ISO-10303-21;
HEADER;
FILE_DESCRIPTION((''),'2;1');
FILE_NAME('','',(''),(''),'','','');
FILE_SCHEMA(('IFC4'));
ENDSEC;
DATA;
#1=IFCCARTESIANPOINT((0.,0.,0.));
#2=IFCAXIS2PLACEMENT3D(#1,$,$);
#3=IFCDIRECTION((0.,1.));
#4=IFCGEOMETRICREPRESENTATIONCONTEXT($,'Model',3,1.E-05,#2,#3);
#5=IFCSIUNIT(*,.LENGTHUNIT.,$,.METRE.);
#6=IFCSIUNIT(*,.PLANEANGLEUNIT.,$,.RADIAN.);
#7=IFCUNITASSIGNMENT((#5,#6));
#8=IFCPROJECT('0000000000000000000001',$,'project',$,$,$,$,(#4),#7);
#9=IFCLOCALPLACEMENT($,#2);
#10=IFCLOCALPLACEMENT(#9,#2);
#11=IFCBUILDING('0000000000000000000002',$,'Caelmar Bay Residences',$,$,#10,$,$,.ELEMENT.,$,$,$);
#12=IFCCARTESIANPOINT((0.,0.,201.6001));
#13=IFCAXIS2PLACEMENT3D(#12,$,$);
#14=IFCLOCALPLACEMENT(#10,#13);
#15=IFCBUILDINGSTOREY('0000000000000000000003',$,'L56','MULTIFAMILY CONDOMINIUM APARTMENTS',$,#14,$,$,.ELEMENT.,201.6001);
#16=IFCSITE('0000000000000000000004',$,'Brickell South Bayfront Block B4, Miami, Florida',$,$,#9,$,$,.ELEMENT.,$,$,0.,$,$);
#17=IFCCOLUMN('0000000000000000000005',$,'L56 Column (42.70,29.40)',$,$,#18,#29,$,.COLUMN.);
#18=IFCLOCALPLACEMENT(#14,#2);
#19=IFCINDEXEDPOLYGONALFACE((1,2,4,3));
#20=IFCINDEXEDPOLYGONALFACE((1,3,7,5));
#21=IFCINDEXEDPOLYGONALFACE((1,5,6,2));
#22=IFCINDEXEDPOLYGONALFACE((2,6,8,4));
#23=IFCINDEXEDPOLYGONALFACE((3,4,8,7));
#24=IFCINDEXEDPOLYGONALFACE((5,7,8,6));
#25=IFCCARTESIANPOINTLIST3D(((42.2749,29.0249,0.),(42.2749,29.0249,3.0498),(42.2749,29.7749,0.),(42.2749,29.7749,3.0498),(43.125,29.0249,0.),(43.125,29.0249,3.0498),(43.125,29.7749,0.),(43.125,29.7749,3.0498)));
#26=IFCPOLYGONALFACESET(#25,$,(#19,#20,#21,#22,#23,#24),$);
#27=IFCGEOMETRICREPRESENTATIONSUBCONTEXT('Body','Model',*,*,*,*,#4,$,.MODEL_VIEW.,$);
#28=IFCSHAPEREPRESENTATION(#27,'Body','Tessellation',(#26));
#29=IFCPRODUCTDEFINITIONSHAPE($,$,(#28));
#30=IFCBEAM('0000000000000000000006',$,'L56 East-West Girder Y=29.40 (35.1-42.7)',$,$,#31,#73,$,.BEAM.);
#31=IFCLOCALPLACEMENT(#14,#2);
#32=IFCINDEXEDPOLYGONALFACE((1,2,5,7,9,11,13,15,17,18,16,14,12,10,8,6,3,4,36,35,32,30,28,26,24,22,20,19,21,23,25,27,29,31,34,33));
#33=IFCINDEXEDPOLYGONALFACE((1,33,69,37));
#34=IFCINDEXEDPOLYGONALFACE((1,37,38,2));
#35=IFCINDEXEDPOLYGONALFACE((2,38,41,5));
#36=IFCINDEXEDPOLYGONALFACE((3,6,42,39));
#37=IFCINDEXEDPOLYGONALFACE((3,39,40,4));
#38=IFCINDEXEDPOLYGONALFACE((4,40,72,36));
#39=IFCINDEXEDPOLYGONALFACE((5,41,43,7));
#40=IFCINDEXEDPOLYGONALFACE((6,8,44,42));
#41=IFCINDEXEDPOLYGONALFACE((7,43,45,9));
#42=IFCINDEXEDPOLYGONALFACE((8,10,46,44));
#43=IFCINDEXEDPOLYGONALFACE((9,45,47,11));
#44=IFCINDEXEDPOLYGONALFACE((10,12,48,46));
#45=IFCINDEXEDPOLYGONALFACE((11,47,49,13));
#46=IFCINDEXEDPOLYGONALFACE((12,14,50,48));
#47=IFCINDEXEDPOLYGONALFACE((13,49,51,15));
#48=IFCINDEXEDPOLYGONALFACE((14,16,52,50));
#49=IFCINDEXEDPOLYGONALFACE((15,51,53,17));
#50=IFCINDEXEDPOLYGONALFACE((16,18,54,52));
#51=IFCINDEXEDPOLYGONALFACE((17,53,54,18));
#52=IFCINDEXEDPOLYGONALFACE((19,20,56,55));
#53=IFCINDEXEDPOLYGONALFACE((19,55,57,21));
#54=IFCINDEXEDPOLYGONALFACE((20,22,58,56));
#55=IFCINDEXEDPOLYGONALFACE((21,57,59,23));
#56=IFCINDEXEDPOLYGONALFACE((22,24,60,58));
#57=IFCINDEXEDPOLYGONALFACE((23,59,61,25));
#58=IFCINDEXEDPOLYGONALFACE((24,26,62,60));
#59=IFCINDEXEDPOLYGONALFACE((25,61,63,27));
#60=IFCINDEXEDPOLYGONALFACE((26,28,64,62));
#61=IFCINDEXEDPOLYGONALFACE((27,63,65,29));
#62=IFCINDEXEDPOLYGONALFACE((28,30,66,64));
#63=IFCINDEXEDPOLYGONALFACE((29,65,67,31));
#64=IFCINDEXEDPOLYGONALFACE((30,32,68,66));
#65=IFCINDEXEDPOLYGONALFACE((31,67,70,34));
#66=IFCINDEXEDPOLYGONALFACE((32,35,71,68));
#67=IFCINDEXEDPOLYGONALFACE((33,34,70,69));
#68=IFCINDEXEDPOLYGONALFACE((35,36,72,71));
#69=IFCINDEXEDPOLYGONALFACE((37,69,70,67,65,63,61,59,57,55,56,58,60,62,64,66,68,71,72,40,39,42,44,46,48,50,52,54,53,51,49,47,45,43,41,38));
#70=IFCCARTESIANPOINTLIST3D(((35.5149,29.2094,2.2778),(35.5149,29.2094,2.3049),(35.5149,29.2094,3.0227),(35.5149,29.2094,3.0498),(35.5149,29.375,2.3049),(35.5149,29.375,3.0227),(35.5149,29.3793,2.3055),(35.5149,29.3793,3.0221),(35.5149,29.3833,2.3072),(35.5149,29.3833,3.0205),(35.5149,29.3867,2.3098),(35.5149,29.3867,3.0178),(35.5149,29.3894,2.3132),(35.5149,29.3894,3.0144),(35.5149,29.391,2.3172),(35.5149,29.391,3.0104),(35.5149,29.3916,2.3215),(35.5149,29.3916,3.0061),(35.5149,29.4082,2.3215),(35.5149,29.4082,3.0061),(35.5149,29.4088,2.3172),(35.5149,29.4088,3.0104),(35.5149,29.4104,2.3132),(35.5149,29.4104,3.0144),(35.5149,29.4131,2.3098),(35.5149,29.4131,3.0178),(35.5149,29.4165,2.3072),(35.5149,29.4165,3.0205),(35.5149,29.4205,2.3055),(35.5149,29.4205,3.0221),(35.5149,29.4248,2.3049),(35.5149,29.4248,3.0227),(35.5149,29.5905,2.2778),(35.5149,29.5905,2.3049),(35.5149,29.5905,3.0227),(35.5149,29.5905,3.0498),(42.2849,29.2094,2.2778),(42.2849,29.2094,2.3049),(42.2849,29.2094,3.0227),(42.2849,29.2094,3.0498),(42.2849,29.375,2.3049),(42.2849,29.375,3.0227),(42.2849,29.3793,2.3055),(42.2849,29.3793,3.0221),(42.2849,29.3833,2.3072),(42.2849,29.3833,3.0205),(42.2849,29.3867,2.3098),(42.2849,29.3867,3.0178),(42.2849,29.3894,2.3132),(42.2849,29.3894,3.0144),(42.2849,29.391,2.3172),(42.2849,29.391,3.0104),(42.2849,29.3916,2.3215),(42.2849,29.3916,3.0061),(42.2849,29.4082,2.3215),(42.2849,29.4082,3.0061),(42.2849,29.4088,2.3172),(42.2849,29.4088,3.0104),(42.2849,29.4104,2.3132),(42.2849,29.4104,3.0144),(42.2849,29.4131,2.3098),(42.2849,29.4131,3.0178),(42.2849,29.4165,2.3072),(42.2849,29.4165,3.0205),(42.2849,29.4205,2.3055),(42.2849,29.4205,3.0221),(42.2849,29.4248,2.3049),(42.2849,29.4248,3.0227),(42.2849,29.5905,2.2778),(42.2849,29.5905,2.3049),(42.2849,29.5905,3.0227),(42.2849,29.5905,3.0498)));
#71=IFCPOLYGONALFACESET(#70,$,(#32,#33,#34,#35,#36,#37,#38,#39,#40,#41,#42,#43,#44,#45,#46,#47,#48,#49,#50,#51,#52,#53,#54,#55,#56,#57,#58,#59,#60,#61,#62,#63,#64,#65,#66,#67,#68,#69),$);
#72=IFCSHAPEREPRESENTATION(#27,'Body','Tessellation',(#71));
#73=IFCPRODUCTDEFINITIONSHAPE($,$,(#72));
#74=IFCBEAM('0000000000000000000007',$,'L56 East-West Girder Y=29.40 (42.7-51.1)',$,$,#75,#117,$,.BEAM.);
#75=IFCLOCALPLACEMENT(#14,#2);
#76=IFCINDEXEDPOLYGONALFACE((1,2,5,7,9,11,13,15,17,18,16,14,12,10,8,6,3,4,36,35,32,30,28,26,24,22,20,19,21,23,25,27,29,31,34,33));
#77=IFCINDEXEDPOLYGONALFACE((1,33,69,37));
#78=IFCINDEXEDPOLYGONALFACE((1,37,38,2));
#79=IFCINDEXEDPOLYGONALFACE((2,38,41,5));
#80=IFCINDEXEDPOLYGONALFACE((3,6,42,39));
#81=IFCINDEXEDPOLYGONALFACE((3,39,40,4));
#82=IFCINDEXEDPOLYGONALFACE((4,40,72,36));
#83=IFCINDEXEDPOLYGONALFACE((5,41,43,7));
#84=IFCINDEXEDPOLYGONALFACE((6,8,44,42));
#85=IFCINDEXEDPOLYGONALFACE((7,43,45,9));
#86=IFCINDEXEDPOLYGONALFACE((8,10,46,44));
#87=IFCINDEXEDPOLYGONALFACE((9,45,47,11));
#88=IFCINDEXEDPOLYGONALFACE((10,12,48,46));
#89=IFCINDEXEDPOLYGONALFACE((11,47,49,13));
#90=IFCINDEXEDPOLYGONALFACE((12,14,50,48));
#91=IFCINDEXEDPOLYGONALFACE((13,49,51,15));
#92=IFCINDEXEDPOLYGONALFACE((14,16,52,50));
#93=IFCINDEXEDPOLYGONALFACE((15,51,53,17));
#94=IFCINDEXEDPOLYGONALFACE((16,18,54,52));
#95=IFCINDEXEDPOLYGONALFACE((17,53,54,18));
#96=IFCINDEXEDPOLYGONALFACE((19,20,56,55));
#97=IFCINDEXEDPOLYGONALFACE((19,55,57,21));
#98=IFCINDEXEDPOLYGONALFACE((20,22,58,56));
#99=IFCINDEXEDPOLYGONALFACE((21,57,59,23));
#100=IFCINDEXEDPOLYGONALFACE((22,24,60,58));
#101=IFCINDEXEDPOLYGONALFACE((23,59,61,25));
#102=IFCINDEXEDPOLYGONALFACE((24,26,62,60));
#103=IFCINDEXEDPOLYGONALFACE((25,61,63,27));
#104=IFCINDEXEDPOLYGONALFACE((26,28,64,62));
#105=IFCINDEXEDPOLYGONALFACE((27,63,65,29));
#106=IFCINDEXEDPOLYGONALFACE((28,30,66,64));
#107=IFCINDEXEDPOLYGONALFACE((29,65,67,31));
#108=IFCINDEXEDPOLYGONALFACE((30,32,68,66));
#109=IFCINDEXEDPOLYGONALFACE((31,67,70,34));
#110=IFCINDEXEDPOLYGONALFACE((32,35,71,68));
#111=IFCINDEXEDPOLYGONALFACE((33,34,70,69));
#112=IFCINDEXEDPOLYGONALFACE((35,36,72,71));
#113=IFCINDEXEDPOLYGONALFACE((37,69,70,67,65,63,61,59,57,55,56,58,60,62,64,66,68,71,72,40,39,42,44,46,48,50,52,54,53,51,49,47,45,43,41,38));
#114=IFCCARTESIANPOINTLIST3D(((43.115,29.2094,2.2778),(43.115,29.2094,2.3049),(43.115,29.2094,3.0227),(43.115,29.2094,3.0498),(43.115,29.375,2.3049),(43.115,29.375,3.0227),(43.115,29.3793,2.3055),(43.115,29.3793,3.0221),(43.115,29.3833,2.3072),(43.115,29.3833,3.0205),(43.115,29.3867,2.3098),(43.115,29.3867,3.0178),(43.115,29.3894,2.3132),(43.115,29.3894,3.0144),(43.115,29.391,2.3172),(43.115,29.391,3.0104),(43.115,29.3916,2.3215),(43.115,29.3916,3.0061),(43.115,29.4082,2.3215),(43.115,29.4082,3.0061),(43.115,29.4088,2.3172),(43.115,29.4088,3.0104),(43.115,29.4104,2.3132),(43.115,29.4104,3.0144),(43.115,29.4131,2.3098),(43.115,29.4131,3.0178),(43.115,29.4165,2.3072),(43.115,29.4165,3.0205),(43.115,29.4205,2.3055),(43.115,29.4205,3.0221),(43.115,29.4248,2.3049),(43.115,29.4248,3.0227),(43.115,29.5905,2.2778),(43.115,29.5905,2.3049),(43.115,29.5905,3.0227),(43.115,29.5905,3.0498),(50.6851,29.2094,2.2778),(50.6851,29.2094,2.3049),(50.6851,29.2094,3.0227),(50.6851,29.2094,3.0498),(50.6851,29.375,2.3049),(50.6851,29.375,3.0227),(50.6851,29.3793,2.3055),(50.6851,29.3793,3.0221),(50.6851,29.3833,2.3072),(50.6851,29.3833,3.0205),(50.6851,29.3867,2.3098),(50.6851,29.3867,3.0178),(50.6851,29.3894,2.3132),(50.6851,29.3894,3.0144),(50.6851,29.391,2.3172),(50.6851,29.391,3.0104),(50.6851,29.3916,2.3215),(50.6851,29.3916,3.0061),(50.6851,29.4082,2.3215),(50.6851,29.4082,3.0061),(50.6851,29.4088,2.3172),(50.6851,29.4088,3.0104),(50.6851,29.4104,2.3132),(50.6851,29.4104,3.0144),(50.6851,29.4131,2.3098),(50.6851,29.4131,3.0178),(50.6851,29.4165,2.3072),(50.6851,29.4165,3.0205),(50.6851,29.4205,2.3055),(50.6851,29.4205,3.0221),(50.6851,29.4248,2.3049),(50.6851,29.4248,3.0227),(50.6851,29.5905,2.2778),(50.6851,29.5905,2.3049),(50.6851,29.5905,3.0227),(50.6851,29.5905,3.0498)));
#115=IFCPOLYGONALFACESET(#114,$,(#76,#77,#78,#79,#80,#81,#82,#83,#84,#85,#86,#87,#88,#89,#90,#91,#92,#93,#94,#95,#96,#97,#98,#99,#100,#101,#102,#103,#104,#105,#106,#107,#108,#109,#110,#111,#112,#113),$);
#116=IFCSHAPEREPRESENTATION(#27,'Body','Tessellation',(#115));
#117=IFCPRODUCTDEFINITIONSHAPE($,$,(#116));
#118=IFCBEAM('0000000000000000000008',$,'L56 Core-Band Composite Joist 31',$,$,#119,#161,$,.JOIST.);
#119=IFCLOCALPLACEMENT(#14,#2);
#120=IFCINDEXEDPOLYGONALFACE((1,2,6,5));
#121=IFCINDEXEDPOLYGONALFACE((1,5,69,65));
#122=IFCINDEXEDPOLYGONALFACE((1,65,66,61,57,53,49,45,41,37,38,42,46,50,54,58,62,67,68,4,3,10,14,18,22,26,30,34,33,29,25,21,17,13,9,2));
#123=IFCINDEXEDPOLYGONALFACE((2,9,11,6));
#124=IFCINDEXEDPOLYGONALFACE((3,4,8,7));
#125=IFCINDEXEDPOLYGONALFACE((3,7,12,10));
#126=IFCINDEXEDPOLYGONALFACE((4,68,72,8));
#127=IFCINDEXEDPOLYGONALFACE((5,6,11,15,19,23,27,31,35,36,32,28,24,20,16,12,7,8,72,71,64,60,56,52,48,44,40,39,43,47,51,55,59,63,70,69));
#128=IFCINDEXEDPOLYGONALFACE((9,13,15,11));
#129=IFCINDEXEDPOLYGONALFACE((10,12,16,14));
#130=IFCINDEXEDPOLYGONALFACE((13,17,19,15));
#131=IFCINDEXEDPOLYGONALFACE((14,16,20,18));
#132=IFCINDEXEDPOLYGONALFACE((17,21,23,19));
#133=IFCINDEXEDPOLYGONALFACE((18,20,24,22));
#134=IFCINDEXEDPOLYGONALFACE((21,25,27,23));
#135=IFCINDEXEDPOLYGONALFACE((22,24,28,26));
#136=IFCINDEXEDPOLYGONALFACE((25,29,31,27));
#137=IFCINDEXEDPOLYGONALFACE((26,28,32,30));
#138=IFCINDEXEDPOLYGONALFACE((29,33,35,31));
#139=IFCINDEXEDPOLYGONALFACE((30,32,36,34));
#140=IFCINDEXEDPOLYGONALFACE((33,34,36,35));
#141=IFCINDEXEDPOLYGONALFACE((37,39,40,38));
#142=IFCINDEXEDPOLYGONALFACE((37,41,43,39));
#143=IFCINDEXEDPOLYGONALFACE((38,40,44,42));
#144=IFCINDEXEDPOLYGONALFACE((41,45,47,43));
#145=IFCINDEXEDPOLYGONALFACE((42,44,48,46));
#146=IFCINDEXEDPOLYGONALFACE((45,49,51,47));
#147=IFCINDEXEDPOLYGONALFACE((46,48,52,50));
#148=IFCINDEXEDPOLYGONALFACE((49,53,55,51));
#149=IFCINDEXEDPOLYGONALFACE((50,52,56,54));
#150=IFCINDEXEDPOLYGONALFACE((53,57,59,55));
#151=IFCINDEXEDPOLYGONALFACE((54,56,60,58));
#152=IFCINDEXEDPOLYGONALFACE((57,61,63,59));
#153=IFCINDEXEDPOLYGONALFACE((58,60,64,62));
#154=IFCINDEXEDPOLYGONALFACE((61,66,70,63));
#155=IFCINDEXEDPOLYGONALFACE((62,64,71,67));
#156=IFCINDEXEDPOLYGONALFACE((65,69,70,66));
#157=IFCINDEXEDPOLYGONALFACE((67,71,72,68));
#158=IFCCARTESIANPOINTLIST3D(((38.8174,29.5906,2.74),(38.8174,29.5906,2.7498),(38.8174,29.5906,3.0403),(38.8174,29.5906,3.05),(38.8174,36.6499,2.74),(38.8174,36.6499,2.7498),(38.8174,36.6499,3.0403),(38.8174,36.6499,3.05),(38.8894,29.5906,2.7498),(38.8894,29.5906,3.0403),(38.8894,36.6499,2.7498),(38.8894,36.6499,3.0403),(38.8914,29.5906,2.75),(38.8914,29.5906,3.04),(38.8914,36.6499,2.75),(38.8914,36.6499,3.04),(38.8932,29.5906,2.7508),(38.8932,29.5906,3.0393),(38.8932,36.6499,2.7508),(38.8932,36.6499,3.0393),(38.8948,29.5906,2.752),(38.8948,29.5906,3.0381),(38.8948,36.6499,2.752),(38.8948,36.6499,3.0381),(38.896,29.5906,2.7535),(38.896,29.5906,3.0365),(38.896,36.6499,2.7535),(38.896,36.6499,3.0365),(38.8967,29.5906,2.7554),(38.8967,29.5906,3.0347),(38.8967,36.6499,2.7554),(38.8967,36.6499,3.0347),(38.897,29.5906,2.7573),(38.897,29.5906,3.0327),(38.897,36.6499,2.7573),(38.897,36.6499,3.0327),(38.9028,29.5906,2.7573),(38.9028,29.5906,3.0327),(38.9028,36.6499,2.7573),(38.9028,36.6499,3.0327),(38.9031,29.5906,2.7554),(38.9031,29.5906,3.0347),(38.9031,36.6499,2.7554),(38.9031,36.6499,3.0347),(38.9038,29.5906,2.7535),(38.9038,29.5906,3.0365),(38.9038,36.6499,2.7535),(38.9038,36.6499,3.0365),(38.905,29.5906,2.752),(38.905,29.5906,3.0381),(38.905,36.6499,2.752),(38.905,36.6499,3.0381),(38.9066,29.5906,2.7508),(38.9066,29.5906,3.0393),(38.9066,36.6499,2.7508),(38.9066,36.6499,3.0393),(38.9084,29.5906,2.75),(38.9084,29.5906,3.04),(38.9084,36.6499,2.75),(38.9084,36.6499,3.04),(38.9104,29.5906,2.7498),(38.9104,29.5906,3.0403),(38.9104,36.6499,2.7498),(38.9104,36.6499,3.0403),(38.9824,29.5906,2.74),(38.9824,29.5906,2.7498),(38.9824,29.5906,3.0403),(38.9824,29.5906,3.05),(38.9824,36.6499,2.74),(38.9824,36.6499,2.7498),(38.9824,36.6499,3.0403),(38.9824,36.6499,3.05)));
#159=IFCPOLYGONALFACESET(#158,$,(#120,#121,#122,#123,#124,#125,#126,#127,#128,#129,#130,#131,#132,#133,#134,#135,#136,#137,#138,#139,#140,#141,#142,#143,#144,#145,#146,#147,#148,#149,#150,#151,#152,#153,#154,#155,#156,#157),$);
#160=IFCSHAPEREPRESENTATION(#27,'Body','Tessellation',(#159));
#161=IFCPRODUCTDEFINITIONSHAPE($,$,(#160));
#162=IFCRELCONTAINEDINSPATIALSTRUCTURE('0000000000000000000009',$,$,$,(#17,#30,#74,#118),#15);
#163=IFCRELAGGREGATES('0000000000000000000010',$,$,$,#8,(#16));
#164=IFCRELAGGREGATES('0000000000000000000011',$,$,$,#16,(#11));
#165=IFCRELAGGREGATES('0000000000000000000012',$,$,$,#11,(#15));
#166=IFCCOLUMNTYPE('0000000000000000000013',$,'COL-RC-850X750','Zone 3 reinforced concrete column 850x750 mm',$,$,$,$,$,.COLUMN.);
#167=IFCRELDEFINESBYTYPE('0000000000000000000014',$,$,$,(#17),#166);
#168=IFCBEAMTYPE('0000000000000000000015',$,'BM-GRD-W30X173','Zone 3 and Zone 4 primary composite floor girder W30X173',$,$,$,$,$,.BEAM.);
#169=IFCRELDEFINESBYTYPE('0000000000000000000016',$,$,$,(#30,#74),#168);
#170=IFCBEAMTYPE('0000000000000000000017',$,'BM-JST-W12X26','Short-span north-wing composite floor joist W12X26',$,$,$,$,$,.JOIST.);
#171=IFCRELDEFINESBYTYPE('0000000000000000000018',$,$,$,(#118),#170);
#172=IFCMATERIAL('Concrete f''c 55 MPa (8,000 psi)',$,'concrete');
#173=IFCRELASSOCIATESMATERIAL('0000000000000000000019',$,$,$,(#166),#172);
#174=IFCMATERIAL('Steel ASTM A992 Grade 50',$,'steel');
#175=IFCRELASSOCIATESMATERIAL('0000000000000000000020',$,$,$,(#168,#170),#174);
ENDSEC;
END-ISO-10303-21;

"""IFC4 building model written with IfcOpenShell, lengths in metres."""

from ifc_helpers import new_model, si_unit, direction, frame, origin, origin_2d, place, context, subcontext, project, spatial, rectangle, i_section, extrude, material, material_profile, profile_set, type_object, element, save


model = new_model("IFC4")

# Units and contexts
model_context = context("Model", 3, precision=1e-05, world=origin(), true_north=direction((0.0, 1.0)))
body_context = subcontext(model_context, "Body", "Model", "MODEL_VIEW")
ifc_project = project(units=[si_unit("LENGTHUNIT", "METRE"), si_unit("PLANEANGLEUNIT", "RADIAN")], contexts=[model_context])

# Site, building, storey
site_placement = place(None, origin())
site = spatial("IfcSite", under=ifc_project, at=site_placement, Name="Brickell South Bayfront Block B4, Miami, Florida", CompositionType="ELEMENT", RefElevation=0.0)
building_placement = place(site_placement, origin())
building = spatial("IfcBuilding", under=site, at=building_placement, Name="Caelmar Bay Residences", CompositionType="ELEMENT")
storey_placement = place(building_placement, frame((0.0, 0.0, 201.6001)))
storey = spatial("IfcBuildingStorey", under=building, at=storey_placement, Name="L56", Description="MULTIFAMILY CONDOMINIUM APARTMENTS", CompositionType="ELEMENT", Elevation=201.6001)

# Column
ifc_material_1 = material(Name="Concrete f'c 55 MPa (8,000 psi)", Category="concrete")
ifc_material_profile_1 = material_profile(ifc_material_1, rectangle(XDim=0.8501, YDim=0.75, at=origin_2d()), Name="RC-COL-850X750")
ifc_profile_set_1 = profile_set([ifc_material_profile_1], Name="Concrete f'c 55 MPa (8,000 psi)")
column_type = type_object("IfcColumnType", Name="COL-RC-850X750", Description="Zone 3 reinforced concrete column 850x750 mm", PredefinedType="COLUMN", material=ifc_profile_set_1)
column_placement = place(storey_placement, frame((42.7, 29.3999, 0.0), z_axis=(0.0, 0.0, 1.0), x_axis=(1.0, 0.0, 0.0)))
element("IfcColumn", 1, at=column_placement, inside=storey, type_object=column_type, Name="L56 Column (42.70,29.40)", PredefinedType="COLUMN", context=body_context, shape_type="SweptSolid", body=[
    extrude(rectangle(XDim=0.8501, YDim=0.75, at=origin_2d()), origin(), (0.0, 0.0, 1.0), 3.0498),
])

# Beams
ifc_material_2 = material(Name="Steel ASTM A992 Grade 50", Category="steel")
ifc_material_profile_2 = material_profile(ifc_material_2, i_section(OverallWidth=0.3811, OverallDepth=0.772, WebThickness=0.0166, FlangeThickness=0.0271, FilletRadius=0.0166, at=origin_2d()), Name="W30X173")
ifc_profile_set_2 = profile_set([ifc_material_profile_2], Name="Steel ASTM A992 Grade 50")
beam_type_1 = type_object("IfcBeamType", Name="BM-GRD-W30X173", Description="Zone 3 and Zone 4 primary composite floor girder W30X173", PredefinedType="BEAM", material=ifc_profile_set_2)
beam_1_placement = place(storey_placement, frame((35.5149, 29.3999, 2.6638), z_axis=(1.0, 0.0, 0.0), x_axis=(0.0, 1.0, 0.0)))
element("IfcBeam", 2, at=beam_1_placement, inside=storey, type_object=beam_type_1, Name="L56 East-West Girder Y=29.40 (35.1-42.7)", PredefinedType="BEAM", context=body_context, shape_type="SweptSolid", body=[
    extrude(i_section(OverallWidth=0.3811, OverallDepth=0.772, WebThickness=0.0166, FlangeThickness=0.0271, FilletRadius=0.0166, at=origin_2d()), origin(), (0.0, 0.0, 1.0), 6.77),
])
beam_2_placement = place(storey_placement, frame((43.115, 29.3999, 2.6638), z_axis=(1.0, 0.0, 0.0), x_axis=(0.0, 1.0, 0.0)))
element("IfcBeam", 3, at=beam_2_placement, inside=storey, type_object=beam_type_1, Name="L56 East-West Girder Y=29.40 (42.7-51.1)", PredefinedType="BEAM", context=body_context, shape_type="SweptSolid", body=[
    extrude(i_section(OverallWidth=0.3811, OverallDepth=0.772, WebThickness=0.0166, FlangeThickness=0.0271, FilletRadius=0.0166, at=origin_2d()), origin(), (0.0, 0.0, 1.0), 7.5701),
])
ifc_material_profile_3 = material_profile(ifc_material_2, i_section(OverallWidth=0.165, OverallDepth=0.3101, WebThickness=0.0059, FlangeThickness=0.0098, FilletRadius=0.0076, at=origin_2d()), Name="W12X26")
ifc_profile_set_3 = profile_set([ifc_material_profile_3], Name="Steel ASTM A992 Grade 50")
beam_type_2 = type_object("IfcBeamType", Name="BM-JST-W12X26", Description="Short-span north-wing composite floor joist W12X26", PredefinedType="JOIST", material=ifc_profile_set_3)
for number, where, z_axis, x_axis, name in (
    (4, (38.8999, 29.5906, 2.895), (0.0, 1.0, 0.0), (-1.0, 0.0, 0.0), "L56 Core-Band Composite Joist 31"),
):
    element("IfcBeam", number, at=place(storey_placement, frame(where, z_axis=z_axis, x_axis=x_axis)), inside=storey, type_object=beam_type_2, Name=name, PredefinedType="JOIST", context=body_context, shape_type="SweptSolid", body=[
        extrude(i_section(OverallWidth=0.165, OverallDepth=0.3101, WebThickness=0.0059, FlangeThickness=0.0098, FilletRadius=0.0076, at=origin_2d()), origin(), (0.0, 0.0, 1.0), 7.0593),
    ])

save(model, "model.ifc")
